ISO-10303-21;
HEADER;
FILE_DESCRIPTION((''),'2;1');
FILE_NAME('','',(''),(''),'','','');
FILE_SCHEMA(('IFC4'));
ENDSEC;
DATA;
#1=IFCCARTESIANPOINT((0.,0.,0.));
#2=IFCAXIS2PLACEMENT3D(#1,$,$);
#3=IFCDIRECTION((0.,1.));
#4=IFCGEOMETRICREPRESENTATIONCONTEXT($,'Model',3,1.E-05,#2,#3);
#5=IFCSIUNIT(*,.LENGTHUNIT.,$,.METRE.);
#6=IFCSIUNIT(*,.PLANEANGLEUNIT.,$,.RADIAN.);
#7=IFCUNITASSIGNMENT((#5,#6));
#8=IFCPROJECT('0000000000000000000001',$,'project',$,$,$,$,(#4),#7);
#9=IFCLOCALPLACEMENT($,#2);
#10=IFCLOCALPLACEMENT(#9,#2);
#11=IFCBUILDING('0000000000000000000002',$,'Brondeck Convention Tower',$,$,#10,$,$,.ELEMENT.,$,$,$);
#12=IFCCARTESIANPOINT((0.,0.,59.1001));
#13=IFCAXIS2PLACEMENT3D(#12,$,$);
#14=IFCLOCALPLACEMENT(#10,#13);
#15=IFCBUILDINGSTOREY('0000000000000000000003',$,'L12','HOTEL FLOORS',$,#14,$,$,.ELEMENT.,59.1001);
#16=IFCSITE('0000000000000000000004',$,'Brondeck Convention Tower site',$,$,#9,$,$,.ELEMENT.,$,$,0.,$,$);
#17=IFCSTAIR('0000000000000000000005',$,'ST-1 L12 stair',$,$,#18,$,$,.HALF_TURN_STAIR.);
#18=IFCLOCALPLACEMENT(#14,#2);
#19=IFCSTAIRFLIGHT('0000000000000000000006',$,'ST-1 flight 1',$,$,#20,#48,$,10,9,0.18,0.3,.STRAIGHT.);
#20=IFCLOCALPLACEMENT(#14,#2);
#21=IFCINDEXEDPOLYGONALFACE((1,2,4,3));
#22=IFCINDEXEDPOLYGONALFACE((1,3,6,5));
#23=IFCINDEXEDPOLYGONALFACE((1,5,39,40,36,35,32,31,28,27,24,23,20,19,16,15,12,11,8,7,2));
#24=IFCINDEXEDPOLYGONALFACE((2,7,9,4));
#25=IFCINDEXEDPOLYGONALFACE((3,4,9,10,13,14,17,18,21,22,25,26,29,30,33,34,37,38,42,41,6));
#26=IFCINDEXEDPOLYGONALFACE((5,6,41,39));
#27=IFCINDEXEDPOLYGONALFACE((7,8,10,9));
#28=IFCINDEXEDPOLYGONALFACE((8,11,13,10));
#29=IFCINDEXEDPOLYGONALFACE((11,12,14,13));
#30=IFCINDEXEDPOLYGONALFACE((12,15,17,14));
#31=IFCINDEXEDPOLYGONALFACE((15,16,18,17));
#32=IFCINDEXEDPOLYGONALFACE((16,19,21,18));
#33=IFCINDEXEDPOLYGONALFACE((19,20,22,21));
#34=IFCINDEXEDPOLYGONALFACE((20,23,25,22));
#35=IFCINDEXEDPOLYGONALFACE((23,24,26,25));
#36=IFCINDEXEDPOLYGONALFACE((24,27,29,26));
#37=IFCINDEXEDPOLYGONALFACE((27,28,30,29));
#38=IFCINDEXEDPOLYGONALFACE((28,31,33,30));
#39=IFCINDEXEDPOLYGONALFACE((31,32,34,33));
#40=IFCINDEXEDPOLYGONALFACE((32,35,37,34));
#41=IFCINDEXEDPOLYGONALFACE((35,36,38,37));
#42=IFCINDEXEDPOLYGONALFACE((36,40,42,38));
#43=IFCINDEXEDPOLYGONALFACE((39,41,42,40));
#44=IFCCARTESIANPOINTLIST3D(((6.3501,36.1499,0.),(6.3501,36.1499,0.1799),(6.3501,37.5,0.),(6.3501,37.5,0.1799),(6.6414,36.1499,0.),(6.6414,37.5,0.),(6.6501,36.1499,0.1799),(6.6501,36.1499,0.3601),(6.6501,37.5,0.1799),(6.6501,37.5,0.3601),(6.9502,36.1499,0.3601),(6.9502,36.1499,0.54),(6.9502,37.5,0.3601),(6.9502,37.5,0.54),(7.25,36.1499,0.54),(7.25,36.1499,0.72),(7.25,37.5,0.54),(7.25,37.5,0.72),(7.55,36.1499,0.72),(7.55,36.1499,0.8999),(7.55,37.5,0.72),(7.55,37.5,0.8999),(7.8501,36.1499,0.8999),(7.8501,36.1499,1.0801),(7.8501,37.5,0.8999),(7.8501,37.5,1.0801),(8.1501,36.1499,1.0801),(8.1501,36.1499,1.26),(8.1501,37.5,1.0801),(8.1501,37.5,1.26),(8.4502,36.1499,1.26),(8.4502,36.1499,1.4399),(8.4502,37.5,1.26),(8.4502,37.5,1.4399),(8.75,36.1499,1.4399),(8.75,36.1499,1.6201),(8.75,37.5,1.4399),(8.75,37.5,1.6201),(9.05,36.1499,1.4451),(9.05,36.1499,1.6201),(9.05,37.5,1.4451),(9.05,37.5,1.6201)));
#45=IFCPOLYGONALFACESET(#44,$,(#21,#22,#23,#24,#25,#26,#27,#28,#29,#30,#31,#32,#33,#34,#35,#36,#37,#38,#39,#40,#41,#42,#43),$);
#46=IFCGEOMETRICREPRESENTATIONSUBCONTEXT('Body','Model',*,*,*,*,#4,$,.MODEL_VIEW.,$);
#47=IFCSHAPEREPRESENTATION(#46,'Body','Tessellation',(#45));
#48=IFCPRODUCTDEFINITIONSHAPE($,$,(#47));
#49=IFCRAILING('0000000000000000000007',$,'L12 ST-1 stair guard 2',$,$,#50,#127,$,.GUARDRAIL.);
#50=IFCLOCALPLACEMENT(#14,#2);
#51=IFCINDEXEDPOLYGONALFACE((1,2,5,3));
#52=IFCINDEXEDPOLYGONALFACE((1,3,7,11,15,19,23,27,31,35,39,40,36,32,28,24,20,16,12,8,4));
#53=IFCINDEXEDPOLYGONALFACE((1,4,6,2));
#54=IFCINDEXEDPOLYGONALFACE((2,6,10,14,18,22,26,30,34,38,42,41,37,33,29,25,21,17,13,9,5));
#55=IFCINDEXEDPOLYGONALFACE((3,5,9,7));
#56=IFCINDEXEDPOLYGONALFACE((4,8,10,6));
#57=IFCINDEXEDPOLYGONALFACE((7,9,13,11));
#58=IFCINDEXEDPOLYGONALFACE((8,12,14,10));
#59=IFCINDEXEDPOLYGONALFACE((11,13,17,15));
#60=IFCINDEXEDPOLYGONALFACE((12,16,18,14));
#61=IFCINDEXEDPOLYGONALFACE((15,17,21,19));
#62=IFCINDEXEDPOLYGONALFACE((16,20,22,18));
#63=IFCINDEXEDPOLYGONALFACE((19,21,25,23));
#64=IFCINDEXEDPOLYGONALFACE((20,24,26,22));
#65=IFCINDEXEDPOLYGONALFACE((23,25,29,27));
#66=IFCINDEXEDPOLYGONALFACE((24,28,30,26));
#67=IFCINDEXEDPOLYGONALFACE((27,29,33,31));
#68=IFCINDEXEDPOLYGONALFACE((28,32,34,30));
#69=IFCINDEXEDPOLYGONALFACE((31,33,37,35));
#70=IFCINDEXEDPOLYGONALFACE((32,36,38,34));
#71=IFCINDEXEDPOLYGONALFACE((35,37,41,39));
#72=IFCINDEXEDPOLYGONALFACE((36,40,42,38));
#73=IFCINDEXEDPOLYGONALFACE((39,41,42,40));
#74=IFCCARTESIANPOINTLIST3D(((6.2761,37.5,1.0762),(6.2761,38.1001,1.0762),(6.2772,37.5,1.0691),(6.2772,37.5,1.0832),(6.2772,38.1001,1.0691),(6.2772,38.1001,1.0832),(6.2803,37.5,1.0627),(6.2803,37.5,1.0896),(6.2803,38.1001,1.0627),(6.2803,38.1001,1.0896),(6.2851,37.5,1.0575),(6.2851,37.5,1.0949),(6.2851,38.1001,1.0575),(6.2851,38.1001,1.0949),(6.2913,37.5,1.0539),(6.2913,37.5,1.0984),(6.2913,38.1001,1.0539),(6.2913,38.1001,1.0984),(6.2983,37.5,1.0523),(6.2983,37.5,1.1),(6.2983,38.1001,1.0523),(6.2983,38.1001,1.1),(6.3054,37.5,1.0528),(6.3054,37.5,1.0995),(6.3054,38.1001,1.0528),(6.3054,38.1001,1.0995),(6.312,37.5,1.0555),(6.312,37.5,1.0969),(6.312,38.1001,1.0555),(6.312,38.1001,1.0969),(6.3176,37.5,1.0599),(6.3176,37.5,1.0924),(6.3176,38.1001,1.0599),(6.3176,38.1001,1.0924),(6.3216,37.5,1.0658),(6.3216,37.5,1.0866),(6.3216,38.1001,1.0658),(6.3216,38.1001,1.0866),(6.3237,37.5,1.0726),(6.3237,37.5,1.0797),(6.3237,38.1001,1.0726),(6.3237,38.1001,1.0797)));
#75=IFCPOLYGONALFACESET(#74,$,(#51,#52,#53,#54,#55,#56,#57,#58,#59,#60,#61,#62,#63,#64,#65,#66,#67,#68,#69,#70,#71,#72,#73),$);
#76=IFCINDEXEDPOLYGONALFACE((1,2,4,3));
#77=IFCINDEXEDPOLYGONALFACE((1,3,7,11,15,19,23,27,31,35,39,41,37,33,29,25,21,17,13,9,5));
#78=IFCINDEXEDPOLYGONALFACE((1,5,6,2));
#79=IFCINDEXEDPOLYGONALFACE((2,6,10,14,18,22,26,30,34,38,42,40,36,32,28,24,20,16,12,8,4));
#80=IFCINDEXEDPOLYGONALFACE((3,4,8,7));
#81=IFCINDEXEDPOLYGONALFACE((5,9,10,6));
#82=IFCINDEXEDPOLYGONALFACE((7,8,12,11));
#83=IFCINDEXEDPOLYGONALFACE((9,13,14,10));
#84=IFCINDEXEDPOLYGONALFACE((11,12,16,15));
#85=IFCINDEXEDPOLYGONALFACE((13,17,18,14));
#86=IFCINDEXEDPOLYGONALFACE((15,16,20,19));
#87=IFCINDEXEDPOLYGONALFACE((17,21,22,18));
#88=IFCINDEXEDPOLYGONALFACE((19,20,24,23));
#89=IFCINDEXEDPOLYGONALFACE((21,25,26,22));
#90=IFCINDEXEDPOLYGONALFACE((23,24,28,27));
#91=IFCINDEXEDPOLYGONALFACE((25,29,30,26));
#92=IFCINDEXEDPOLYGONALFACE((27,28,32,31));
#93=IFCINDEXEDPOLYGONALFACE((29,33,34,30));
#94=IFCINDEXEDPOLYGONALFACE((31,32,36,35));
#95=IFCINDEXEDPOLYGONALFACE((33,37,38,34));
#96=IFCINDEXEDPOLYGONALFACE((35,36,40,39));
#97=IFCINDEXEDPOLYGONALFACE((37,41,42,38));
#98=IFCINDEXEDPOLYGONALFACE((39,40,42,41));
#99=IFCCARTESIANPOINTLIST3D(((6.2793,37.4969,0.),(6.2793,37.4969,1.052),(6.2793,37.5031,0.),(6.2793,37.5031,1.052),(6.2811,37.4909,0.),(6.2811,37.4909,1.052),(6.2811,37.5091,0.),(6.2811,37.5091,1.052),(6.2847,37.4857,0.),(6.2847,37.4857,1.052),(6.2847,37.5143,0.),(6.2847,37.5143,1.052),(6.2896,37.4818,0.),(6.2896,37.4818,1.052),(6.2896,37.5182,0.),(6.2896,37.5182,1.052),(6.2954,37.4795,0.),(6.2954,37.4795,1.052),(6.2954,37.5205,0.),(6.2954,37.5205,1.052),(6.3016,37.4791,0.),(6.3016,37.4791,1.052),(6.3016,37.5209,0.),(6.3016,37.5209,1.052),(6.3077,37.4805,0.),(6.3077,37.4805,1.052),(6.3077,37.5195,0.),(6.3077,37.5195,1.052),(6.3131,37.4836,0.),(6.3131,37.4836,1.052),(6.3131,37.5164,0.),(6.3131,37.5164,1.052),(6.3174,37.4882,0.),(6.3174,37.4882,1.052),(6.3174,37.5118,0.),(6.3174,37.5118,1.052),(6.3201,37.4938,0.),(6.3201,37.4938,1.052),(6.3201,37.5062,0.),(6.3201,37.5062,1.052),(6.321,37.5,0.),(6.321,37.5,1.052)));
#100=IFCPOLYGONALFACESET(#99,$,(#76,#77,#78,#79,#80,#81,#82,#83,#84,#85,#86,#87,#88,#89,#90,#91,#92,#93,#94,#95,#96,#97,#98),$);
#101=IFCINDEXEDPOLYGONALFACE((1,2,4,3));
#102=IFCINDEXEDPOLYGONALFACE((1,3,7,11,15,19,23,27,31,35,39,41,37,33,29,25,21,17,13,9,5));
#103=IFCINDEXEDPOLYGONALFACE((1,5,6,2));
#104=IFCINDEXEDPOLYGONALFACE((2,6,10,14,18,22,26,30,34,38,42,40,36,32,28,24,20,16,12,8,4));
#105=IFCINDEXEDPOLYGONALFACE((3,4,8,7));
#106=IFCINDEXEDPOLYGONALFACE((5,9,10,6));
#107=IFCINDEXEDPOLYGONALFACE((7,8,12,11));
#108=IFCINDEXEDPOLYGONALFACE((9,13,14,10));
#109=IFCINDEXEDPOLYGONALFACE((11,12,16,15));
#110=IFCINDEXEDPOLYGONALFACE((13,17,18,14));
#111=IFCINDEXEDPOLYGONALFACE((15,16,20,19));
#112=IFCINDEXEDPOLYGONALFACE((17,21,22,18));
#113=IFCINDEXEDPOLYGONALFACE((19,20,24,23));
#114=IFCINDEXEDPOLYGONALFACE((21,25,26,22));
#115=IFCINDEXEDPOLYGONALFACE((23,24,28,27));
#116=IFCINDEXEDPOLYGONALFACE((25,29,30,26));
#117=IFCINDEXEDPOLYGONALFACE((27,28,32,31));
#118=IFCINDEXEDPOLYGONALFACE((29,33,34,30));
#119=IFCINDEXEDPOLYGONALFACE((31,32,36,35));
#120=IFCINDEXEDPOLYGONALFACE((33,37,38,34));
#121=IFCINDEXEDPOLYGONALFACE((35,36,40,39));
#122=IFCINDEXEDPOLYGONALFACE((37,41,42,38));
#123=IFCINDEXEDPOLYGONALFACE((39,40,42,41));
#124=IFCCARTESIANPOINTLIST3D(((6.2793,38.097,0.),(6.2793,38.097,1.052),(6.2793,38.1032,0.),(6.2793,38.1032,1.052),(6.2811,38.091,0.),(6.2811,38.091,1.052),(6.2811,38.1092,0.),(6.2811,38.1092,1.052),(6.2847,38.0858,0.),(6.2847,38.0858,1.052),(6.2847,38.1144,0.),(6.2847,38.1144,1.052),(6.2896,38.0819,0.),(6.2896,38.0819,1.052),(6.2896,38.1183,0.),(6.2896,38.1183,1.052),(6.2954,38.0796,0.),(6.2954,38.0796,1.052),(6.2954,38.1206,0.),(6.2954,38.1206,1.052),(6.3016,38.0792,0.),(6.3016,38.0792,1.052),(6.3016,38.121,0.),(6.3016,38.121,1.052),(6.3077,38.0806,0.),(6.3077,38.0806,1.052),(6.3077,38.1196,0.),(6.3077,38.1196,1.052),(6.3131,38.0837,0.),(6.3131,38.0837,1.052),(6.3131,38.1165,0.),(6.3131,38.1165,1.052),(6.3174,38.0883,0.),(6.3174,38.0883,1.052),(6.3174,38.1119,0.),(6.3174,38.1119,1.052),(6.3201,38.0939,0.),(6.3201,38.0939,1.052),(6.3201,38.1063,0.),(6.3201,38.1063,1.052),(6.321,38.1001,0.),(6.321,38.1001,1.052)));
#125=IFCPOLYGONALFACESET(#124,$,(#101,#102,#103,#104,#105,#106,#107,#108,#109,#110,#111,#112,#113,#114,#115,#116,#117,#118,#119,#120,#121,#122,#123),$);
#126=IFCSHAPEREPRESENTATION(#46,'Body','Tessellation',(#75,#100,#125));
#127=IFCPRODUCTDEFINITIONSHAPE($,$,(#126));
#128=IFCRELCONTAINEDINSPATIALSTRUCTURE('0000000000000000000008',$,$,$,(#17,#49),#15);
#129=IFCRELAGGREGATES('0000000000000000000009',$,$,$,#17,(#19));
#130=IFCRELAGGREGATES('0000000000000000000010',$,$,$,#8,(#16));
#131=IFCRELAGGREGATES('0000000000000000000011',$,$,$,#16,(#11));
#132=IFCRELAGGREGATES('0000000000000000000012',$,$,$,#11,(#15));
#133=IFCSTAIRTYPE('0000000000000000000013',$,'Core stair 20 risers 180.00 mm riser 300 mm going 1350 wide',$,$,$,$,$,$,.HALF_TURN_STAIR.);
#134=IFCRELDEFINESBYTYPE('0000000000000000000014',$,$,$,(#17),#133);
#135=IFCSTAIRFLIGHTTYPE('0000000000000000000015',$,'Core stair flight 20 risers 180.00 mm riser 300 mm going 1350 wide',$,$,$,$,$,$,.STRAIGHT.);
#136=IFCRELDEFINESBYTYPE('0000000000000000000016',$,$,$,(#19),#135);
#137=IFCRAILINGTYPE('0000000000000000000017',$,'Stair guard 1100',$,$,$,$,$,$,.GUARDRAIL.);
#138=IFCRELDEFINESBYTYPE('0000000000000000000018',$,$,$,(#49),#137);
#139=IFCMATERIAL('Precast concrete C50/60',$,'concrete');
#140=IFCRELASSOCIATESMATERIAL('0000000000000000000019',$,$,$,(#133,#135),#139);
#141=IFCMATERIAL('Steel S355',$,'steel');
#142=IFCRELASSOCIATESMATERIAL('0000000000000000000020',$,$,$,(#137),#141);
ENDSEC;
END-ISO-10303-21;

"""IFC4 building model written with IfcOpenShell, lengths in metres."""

from ifc_helpers import new_model, si_unit, direction, frame, origin, origin_2d, place, context, subcontext, project, spatial, polyline, circle, outline, extrude, material, type_object, element, aggregate, save


model = new_model("IFC4")

# Units and contexts
model_context = context("Model", 3, precision=1e-05, world=origin(), true_north=direction((0.0, 1.0)))
body_context = subcontext(model_context, "Body", "Model", "MODEL_VIEW")
ifc_project = project(units=[si_unit("LENGTHUNIT", "METRE"), si_unit("PLANEANGLEUNIT", "RADIAN")], contexts=[model_context])

# Site, building, storey
site_placement = place(None, origin())
site = spatial("IfcSite", under=ifc_project, at=site_placement, Name="Brondeck Convention Tower site", CompositionType="ELEMENT", RefElevation=0.0)
building_placement = place(site_placement, origin())
building = spatial("IfcBuilding", under=site, at=building_placement, Name="Brondeck Convention Tower", CompositionType="ELEMENT")
storey_placement = place(building_placement, frame((0.0, 0.0, 59.1001)))
storey = spatial("IfcBuildingStorey", under=building, at=storey_placement, Name="L12", Description="HOTEL FLOORS", CompositionType="ELEMENT", Elevation=59.1001)

# Stair, stair flight
ifc_material_1 = material(Name="Precast concrete C50/60", Category="concrete")
stair_type = type_object("IfcStairType", Name="Core stair 20 risers 180.00 mm riser 300 mm going 1350 wide", PredefinedType="HALF_TURN_STAIR", material=ifc_material_1)
stair_placement = place(storey_placement, origin())
stair = element("IfcStair", 1, at=stair_placement, inside=storey, type_object=stair_type, Name="ST-1 L12 stair", PredefinedType="HALF_TURN_STAIR")
stair_flight_type = type_object("IfcStairFlightType", Name="Core stair flight 20 risers 180.00 mm riser 300 mm going 1350 wide", PredefinedType="STRAIGHT", material=ifc_material_1)
stair_flight_placement = place(storey_placement, frame((6.3501, 36.825, 0.0), z_axis=(0.0, 0.0, 1.0), x_axis=(1.0, 0.0, 0.0)))
stair_flight = element("IfcStairFlight", 2, at=stair_flight_placement, type_object=stair_flight_type, Name="ST-1 flight 1", NumberOfRisers=10, NumberOfTreads=9, PredefinedType="STRAIGHT", RiserHeight=0.18, TreadLength=0.3, context=body_context, shape_type="SweptSolid", body=[
    extrude(outline(polyline([(0.0, 0.0), (0.0, 0.1799), (0.3, 0.1799), (0.3, 0.3601), (0.6001, 0.3601), (0.6001, 0.54), (0.8999, 0.54), (0.8999, 0.72), (1.2, 0.72), (1.2, 0.8999), (1.5, 0.8999), (1.5, 1.0801), (1.8, 1.0801), (1.8, 1.26), (2.1001, 1.26), (2.1001, 1.4399), (2.3999, 1.4399), (2.3999, 1.6201), (2.7, 1.6201), (2.7, 1.8), (2.7, 1.4451), (0.2913, 0.0), (0.0, 0.0)])), frame((0.0, 0.675, 0.0), z_axis=(0.0, -1.0, 0.0), x_axis=(1.0, 0.0, 0.0)), (0.0, 0.0, 1.0), 1.3501),
])
aggregate(stair, [stair_flight])

# Railing
ifc_material_2 = material(Name="Steel S355", Category="steel")
railing_type_1 = type_object("IfcRailingType", Name="Stair guard 1100", PredefinedType="GUARDRAIL", material=ifc_material_2)
railing_1_placement = place(storey_placement, frame((6.3, 37.5, 0.0)))
element("IfcRailing", 3, at=railing_1_placement, inside=storey, type_object=railing_type_1, Name="L12 ST-1 stair guard 2", PredefinedType="GUARDRAIL", context=body_context, shape_type="SweptSolid", body=[
    extrude(circle(Radius=0.0239, at=origin_2d()), frame((0.0, 0.0, 1.0762), z_axis=(0.0, 1.0, 0.0), x_axis=(-1.0, 0.0, 0.0)), (0.0, 0.0, 1.0), 0.6001),
    extrude(circle(Radius=0.021, at=origin_2d()), origin(), (0.0, 0.0, 1.0), 1.052),
    extrude(circle(Radius=0.021, at=origin_2d()), frame((0.0, 0.6001, 0.0)), (0.0, 0.0, 1.0), 1.052),
])

save(model, "model.ifc")
